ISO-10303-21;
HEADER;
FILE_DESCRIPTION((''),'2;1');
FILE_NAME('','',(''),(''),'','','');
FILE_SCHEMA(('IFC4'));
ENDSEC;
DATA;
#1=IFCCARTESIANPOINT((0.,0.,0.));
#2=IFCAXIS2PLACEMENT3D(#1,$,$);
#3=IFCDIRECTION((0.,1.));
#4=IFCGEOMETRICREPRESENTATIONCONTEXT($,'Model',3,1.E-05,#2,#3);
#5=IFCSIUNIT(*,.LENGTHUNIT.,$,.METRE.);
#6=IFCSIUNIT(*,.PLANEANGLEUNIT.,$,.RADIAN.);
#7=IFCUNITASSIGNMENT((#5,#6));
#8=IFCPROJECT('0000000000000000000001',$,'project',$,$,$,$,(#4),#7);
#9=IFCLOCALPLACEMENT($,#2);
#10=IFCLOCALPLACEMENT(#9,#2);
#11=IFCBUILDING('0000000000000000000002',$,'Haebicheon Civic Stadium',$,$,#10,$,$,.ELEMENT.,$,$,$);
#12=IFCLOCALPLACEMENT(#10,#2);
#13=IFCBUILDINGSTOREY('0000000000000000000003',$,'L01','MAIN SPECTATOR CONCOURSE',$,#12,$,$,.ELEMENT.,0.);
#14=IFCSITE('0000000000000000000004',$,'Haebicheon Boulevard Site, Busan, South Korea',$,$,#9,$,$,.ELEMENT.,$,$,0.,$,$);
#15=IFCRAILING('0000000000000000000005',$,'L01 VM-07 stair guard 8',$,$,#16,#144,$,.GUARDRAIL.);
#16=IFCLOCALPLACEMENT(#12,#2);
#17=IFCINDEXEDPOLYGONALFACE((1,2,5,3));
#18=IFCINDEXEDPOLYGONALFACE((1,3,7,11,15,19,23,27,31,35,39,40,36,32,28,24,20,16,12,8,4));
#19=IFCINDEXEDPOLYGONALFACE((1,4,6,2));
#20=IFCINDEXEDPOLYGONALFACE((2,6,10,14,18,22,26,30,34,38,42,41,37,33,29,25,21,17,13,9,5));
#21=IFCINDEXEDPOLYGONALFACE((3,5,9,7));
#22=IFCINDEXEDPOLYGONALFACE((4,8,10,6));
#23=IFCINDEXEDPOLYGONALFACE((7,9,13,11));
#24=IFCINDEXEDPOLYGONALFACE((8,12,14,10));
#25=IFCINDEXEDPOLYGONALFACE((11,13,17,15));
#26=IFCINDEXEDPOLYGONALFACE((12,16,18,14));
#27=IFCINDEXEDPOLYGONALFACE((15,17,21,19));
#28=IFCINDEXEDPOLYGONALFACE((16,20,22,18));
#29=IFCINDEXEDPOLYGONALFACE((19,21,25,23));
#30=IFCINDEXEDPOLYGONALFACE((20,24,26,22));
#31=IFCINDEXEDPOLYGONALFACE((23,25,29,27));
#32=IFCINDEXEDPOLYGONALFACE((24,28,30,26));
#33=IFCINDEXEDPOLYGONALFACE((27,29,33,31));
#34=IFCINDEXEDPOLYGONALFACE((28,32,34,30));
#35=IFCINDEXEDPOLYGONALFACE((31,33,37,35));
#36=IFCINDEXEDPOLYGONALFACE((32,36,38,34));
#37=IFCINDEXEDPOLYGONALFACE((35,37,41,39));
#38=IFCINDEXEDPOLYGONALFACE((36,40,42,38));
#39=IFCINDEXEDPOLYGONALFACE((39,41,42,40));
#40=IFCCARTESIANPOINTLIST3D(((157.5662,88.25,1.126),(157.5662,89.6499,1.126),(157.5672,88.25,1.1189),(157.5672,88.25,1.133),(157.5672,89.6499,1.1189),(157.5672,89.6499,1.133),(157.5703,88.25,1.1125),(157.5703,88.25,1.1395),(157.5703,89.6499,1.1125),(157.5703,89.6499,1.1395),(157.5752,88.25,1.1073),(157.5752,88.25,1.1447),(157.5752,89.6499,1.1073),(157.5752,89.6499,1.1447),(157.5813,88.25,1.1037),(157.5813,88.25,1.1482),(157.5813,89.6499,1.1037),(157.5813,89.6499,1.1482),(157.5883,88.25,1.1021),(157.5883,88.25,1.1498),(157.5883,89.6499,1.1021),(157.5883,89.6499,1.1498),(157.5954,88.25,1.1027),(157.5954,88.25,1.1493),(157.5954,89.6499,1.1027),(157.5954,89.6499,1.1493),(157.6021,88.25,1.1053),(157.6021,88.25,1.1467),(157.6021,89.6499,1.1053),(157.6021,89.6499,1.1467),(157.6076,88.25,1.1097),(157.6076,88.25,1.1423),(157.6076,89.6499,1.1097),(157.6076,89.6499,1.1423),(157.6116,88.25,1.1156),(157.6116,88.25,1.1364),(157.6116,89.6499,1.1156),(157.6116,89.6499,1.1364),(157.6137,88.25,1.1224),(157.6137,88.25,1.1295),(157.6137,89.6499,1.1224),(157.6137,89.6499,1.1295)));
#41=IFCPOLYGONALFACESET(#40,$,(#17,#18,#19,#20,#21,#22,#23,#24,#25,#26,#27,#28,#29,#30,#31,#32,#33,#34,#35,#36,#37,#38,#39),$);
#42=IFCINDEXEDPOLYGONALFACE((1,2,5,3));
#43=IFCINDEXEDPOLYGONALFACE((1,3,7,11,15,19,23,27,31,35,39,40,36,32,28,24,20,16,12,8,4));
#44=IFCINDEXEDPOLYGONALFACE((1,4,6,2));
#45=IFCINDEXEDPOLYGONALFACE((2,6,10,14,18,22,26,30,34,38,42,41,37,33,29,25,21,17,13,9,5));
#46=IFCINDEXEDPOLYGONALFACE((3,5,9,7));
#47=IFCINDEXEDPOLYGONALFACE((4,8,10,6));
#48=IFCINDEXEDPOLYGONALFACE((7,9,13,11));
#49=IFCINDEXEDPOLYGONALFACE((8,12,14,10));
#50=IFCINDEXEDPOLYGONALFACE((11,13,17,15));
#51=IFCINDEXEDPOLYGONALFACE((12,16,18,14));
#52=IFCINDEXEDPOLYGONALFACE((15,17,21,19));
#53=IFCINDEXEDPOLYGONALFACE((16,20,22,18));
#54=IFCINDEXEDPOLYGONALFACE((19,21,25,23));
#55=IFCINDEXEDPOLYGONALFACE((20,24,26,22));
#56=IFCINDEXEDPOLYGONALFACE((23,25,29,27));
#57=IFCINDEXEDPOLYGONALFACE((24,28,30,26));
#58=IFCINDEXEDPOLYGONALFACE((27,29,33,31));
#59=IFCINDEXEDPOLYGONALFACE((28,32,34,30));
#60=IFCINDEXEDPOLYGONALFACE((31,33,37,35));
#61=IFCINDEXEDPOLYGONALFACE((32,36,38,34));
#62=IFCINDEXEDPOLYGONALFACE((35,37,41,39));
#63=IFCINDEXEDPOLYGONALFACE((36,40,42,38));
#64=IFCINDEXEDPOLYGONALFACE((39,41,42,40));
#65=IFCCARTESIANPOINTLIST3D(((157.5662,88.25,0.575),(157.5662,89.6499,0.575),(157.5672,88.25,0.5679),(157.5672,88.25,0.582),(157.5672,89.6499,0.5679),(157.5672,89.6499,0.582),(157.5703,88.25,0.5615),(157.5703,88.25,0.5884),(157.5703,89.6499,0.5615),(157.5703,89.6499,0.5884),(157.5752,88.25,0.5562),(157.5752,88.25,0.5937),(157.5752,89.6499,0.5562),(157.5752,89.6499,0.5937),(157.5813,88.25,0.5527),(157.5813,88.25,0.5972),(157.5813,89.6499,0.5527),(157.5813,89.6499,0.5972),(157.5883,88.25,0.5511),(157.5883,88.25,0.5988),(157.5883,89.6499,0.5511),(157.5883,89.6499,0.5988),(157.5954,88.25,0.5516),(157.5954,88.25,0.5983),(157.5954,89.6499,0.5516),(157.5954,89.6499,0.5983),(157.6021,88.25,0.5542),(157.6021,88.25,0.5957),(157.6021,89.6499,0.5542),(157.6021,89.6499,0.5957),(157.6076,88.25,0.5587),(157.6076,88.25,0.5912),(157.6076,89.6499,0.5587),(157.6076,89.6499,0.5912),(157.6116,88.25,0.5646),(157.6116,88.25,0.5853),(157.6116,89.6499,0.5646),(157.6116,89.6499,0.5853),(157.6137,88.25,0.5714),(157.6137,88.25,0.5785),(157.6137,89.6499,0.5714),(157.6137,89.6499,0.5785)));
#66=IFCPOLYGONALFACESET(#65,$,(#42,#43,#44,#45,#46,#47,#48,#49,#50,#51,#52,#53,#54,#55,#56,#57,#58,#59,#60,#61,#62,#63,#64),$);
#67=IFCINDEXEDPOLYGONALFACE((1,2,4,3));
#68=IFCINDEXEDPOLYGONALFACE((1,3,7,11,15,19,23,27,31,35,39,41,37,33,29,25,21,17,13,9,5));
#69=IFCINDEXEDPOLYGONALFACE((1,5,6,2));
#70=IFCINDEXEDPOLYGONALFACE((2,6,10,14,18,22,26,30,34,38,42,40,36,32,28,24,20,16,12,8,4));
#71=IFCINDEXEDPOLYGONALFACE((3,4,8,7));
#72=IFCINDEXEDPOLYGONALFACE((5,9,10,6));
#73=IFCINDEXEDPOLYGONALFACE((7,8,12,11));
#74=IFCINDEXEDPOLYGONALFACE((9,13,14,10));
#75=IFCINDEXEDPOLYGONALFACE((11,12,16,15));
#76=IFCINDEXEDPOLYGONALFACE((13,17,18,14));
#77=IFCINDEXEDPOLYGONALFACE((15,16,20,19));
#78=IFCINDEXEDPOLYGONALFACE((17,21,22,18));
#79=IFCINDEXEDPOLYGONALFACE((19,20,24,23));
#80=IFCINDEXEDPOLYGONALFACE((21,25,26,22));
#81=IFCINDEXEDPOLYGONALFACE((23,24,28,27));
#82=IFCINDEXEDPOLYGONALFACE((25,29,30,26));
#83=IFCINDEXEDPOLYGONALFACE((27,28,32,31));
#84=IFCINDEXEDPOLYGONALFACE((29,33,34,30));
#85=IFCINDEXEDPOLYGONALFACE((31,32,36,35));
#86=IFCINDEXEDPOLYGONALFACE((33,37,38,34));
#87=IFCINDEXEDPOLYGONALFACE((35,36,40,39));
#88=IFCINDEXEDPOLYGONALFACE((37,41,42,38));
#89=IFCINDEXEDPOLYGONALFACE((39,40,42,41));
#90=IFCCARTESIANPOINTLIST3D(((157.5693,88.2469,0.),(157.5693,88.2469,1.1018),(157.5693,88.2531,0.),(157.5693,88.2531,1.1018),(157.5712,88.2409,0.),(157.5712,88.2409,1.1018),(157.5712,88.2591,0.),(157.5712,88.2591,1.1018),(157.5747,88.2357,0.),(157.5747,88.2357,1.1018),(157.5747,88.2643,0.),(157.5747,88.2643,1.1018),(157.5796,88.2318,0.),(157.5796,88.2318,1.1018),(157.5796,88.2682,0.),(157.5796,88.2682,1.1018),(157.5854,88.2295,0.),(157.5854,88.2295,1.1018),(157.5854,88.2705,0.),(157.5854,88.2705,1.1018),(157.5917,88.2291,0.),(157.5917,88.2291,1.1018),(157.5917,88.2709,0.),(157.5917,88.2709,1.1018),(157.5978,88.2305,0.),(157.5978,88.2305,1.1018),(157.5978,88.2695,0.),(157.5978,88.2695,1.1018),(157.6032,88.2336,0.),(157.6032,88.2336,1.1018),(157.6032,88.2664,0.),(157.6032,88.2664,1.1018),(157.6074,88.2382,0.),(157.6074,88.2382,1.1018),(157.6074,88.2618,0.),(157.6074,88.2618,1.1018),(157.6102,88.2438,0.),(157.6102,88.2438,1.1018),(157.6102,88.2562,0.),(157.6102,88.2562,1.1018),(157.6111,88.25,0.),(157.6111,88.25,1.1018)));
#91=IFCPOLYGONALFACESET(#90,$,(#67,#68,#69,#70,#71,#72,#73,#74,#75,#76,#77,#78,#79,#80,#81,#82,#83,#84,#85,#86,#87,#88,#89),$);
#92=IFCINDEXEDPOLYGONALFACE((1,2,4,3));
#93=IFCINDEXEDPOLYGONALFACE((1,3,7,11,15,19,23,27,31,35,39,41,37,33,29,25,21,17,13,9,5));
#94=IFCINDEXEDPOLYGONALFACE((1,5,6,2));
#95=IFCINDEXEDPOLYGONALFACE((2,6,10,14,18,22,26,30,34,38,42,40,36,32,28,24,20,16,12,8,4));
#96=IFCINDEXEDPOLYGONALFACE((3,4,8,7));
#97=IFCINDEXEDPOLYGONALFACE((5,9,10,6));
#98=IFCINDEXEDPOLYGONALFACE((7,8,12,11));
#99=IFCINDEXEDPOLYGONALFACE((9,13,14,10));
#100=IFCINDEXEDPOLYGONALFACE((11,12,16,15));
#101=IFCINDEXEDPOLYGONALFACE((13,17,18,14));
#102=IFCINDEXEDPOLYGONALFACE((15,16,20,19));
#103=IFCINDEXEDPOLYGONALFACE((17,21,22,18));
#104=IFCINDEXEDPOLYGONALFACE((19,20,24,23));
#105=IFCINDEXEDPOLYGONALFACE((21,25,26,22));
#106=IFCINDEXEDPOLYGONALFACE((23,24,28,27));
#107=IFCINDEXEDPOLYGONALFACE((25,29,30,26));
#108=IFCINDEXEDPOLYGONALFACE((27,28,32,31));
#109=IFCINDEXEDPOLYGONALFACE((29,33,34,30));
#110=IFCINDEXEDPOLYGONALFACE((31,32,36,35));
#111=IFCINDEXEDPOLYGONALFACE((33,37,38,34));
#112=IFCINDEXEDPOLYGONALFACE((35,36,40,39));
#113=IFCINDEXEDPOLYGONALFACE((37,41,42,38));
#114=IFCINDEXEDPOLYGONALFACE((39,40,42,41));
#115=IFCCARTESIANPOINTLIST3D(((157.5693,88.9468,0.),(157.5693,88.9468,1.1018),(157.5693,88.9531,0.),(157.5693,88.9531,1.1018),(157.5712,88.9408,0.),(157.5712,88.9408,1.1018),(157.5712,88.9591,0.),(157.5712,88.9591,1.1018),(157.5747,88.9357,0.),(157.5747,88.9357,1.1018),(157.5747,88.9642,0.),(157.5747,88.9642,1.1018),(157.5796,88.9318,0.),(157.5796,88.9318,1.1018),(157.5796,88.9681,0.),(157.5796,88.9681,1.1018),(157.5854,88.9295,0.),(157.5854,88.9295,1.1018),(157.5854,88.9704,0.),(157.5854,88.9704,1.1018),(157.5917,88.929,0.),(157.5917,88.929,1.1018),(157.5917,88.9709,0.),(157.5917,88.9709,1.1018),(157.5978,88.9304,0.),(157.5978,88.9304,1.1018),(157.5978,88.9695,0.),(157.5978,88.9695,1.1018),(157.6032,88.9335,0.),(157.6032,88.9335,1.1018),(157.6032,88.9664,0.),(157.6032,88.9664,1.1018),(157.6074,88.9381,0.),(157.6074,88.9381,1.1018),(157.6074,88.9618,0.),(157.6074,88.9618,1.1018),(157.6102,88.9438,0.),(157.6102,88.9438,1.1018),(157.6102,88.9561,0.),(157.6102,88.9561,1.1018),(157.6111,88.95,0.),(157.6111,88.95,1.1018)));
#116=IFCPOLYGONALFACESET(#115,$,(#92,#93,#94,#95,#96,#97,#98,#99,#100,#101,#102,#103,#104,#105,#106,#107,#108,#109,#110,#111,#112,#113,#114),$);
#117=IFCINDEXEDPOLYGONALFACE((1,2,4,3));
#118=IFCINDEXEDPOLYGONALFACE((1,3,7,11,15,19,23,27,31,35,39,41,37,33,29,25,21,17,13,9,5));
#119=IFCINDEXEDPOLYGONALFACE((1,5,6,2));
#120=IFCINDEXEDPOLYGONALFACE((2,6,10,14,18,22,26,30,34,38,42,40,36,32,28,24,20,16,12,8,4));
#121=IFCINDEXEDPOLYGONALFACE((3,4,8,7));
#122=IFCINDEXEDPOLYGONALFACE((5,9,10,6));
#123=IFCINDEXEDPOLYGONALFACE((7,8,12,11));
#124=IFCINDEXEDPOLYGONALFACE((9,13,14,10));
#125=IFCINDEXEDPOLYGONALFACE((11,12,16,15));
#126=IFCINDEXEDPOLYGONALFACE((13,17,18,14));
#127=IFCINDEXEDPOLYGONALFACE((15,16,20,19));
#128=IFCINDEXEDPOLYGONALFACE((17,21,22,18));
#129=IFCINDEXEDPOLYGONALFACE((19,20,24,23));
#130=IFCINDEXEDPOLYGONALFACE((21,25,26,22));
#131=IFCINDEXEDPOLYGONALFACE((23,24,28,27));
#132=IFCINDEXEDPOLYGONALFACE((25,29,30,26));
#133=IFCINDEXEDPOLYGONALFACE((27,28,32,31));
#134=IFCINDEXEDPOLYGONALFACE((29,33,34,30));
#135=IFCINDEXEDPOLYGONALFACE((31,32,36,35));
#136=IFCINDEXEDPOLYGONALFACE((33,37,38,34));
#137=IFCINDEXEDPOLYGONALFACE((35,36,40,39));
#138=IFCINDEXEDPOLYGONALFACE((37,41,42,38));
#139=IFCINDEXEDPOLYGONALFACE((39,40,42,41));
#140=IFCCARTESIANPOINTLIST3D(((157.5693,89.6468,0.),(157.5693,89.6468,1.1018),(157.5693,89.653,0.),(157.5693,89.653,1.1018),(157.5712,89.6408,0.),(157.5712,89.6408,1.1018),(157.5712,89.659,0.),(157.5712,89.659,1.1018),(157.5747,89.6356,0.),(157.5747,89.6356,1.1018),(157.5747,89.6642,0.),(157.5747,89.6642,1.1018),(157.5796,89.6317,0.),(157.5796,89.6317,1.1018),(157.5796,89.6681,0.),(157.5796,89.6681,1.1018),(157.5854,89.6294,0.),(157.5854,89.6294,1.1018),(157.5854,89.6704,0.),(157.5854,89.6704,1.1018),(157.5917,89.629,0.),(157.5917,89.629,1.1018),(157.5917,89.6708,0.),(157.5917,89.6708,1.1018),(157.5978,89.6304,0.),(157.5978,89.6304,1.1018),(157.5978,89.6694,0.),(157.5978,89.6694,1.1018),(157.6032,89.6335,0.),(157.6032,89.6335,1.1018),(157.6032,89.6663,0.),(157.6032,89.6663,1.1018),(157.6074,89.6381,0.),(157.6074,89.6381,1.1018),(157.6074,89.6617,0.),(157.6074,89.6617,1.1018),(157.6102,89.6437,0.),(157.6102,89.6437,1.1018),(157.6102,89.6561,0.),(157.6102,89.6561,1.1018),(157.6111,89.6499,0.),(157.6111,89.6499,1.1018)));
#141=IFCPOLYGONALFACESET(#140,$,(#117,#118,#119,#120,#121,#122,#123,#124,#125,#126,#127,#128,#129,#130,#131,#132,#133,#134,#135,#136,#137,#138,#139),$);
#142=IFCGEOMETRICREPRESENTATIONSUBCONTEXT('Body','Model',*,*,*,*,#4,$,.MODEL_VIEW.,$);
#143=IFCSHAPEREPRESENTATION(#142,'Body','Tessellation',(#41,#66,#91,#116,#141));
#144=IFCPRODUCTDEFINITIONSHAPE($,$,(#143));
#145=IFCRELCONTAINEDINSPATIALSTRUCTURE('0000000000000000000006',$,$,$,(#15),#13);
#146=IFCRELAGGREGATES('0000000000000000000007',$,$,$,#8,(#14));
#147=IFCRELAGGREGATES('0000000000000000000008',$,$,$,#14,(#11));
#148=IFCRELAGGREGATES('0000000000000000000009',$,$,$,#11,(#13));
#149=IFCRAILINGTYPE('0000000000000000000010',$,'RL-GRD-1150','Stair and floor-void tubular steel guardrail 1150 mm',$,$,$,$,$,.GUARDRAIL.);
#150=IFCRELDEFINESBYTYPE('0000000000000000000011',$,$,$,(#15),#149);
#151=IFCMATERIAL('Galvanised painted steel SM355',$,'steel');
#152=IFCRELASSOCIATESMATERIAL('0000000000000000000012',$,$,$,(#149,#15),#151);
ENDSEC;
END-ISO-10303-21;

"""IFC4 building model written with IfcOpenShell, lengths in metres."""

from ifc_helpers import new_model, si_unit, direction, frame, origin, origin_2d, place, context, subcontext, project, spatial, circle, extrude, material, type_object, element, save


model = new_model("IFC4")

# Units and contexts
model_context = context("Model", 3, precision=1e-05, world=origin(), true_north=direction((0.0, 1.0)))
body_context = subcontext(model_context, "Body", "Model", "MODEL_VIEW")
ifc_project = project(units=[si_unit("LENGTHUNIT", "METRE"), si_unit("PLANEANGLEUNIT", "RADIAN")], contexts=[model_context])

# Site, building, storey
site_placement = place(None, origin())
site = spatial("IfcSite", under=ifc_project, at=site_placement, Name="Haebicheon Boulevard Site, Busan, South Korea", CompositionType="ELEMENT", RefElevation=0.0)
building_placement = place(site_placement, origin())
building = spatial("IfcBuilding", under=site, at=building_placement, Name="Haebicheon Civic Stadium", CompositionType="ELEMENT")
storey_placement = place(building_placement, origin())
storey = spatial("IfcBuildingStorey", under=building, at=storey_placement, Name="L01", Description="MAIN SPECTATOR CONCOURSE", CompositionType="ELEMENT", Elevation=0.0)

# Railing
ifc_material_1 = material(Name="Galvanised painted steel SM355", Category="steel")
railing_type_1 = type_object("IfcRailingType", Name="RL-GRD-1150", Description="Stair and floor-void tubular steel guardrail 1150 mm", PredefinedType="GUARDRAIL", material=ifc_material_1)
railing_1_placement = place(storey_placement, frame((157.5901, 88.25, 0.0)))
element("IfcRailing", 1, at=railing_1_placement, inside=storey, type_object=railing_type_1, material=ifc_material_1, Name="L01 VM-07 stair guard 8", PredefinedType="GUARDRAIL", context=body_context, shape_type="SweptSolid", body=[
    extrude(circle(Radius=0.0239, at=origin_2d()), frame((0.0, 0.0, 1.126), z_axis=(0.0, 1.0, 0.0), x_axis=(-1.0, 0.0, 0.0)), (0.0, 0.0, 1.0), 1.3999),
    extrude(circle(Radius=0.0239, at=origin_2d()), frame((0.0, 0.0, 0.575), z_axis=(0.0, 1.0, 0.0), x_axis=(-1.0, 0.0, 0.0)), (0.0, 0.0, 1.0), 1.3999),
    extrude(circle(Radius=0.021, at=origin_2d()), origin(), (0.0, 0.0, 1.0), 1.1018),
    extrude(circle(Radius=0.021, at=origin_2d()), frame((0.0, 0.7, 0.0)), (0.0, 0.0, 1.0), 1.1018),
    extrude(circle(Radius=0.021, at=origin_2d()), frame((0.0, 1.3999, 0.0)), (0.0, 0.0, 1.0), 1.1018),
])

save(model, "model.ifc")
